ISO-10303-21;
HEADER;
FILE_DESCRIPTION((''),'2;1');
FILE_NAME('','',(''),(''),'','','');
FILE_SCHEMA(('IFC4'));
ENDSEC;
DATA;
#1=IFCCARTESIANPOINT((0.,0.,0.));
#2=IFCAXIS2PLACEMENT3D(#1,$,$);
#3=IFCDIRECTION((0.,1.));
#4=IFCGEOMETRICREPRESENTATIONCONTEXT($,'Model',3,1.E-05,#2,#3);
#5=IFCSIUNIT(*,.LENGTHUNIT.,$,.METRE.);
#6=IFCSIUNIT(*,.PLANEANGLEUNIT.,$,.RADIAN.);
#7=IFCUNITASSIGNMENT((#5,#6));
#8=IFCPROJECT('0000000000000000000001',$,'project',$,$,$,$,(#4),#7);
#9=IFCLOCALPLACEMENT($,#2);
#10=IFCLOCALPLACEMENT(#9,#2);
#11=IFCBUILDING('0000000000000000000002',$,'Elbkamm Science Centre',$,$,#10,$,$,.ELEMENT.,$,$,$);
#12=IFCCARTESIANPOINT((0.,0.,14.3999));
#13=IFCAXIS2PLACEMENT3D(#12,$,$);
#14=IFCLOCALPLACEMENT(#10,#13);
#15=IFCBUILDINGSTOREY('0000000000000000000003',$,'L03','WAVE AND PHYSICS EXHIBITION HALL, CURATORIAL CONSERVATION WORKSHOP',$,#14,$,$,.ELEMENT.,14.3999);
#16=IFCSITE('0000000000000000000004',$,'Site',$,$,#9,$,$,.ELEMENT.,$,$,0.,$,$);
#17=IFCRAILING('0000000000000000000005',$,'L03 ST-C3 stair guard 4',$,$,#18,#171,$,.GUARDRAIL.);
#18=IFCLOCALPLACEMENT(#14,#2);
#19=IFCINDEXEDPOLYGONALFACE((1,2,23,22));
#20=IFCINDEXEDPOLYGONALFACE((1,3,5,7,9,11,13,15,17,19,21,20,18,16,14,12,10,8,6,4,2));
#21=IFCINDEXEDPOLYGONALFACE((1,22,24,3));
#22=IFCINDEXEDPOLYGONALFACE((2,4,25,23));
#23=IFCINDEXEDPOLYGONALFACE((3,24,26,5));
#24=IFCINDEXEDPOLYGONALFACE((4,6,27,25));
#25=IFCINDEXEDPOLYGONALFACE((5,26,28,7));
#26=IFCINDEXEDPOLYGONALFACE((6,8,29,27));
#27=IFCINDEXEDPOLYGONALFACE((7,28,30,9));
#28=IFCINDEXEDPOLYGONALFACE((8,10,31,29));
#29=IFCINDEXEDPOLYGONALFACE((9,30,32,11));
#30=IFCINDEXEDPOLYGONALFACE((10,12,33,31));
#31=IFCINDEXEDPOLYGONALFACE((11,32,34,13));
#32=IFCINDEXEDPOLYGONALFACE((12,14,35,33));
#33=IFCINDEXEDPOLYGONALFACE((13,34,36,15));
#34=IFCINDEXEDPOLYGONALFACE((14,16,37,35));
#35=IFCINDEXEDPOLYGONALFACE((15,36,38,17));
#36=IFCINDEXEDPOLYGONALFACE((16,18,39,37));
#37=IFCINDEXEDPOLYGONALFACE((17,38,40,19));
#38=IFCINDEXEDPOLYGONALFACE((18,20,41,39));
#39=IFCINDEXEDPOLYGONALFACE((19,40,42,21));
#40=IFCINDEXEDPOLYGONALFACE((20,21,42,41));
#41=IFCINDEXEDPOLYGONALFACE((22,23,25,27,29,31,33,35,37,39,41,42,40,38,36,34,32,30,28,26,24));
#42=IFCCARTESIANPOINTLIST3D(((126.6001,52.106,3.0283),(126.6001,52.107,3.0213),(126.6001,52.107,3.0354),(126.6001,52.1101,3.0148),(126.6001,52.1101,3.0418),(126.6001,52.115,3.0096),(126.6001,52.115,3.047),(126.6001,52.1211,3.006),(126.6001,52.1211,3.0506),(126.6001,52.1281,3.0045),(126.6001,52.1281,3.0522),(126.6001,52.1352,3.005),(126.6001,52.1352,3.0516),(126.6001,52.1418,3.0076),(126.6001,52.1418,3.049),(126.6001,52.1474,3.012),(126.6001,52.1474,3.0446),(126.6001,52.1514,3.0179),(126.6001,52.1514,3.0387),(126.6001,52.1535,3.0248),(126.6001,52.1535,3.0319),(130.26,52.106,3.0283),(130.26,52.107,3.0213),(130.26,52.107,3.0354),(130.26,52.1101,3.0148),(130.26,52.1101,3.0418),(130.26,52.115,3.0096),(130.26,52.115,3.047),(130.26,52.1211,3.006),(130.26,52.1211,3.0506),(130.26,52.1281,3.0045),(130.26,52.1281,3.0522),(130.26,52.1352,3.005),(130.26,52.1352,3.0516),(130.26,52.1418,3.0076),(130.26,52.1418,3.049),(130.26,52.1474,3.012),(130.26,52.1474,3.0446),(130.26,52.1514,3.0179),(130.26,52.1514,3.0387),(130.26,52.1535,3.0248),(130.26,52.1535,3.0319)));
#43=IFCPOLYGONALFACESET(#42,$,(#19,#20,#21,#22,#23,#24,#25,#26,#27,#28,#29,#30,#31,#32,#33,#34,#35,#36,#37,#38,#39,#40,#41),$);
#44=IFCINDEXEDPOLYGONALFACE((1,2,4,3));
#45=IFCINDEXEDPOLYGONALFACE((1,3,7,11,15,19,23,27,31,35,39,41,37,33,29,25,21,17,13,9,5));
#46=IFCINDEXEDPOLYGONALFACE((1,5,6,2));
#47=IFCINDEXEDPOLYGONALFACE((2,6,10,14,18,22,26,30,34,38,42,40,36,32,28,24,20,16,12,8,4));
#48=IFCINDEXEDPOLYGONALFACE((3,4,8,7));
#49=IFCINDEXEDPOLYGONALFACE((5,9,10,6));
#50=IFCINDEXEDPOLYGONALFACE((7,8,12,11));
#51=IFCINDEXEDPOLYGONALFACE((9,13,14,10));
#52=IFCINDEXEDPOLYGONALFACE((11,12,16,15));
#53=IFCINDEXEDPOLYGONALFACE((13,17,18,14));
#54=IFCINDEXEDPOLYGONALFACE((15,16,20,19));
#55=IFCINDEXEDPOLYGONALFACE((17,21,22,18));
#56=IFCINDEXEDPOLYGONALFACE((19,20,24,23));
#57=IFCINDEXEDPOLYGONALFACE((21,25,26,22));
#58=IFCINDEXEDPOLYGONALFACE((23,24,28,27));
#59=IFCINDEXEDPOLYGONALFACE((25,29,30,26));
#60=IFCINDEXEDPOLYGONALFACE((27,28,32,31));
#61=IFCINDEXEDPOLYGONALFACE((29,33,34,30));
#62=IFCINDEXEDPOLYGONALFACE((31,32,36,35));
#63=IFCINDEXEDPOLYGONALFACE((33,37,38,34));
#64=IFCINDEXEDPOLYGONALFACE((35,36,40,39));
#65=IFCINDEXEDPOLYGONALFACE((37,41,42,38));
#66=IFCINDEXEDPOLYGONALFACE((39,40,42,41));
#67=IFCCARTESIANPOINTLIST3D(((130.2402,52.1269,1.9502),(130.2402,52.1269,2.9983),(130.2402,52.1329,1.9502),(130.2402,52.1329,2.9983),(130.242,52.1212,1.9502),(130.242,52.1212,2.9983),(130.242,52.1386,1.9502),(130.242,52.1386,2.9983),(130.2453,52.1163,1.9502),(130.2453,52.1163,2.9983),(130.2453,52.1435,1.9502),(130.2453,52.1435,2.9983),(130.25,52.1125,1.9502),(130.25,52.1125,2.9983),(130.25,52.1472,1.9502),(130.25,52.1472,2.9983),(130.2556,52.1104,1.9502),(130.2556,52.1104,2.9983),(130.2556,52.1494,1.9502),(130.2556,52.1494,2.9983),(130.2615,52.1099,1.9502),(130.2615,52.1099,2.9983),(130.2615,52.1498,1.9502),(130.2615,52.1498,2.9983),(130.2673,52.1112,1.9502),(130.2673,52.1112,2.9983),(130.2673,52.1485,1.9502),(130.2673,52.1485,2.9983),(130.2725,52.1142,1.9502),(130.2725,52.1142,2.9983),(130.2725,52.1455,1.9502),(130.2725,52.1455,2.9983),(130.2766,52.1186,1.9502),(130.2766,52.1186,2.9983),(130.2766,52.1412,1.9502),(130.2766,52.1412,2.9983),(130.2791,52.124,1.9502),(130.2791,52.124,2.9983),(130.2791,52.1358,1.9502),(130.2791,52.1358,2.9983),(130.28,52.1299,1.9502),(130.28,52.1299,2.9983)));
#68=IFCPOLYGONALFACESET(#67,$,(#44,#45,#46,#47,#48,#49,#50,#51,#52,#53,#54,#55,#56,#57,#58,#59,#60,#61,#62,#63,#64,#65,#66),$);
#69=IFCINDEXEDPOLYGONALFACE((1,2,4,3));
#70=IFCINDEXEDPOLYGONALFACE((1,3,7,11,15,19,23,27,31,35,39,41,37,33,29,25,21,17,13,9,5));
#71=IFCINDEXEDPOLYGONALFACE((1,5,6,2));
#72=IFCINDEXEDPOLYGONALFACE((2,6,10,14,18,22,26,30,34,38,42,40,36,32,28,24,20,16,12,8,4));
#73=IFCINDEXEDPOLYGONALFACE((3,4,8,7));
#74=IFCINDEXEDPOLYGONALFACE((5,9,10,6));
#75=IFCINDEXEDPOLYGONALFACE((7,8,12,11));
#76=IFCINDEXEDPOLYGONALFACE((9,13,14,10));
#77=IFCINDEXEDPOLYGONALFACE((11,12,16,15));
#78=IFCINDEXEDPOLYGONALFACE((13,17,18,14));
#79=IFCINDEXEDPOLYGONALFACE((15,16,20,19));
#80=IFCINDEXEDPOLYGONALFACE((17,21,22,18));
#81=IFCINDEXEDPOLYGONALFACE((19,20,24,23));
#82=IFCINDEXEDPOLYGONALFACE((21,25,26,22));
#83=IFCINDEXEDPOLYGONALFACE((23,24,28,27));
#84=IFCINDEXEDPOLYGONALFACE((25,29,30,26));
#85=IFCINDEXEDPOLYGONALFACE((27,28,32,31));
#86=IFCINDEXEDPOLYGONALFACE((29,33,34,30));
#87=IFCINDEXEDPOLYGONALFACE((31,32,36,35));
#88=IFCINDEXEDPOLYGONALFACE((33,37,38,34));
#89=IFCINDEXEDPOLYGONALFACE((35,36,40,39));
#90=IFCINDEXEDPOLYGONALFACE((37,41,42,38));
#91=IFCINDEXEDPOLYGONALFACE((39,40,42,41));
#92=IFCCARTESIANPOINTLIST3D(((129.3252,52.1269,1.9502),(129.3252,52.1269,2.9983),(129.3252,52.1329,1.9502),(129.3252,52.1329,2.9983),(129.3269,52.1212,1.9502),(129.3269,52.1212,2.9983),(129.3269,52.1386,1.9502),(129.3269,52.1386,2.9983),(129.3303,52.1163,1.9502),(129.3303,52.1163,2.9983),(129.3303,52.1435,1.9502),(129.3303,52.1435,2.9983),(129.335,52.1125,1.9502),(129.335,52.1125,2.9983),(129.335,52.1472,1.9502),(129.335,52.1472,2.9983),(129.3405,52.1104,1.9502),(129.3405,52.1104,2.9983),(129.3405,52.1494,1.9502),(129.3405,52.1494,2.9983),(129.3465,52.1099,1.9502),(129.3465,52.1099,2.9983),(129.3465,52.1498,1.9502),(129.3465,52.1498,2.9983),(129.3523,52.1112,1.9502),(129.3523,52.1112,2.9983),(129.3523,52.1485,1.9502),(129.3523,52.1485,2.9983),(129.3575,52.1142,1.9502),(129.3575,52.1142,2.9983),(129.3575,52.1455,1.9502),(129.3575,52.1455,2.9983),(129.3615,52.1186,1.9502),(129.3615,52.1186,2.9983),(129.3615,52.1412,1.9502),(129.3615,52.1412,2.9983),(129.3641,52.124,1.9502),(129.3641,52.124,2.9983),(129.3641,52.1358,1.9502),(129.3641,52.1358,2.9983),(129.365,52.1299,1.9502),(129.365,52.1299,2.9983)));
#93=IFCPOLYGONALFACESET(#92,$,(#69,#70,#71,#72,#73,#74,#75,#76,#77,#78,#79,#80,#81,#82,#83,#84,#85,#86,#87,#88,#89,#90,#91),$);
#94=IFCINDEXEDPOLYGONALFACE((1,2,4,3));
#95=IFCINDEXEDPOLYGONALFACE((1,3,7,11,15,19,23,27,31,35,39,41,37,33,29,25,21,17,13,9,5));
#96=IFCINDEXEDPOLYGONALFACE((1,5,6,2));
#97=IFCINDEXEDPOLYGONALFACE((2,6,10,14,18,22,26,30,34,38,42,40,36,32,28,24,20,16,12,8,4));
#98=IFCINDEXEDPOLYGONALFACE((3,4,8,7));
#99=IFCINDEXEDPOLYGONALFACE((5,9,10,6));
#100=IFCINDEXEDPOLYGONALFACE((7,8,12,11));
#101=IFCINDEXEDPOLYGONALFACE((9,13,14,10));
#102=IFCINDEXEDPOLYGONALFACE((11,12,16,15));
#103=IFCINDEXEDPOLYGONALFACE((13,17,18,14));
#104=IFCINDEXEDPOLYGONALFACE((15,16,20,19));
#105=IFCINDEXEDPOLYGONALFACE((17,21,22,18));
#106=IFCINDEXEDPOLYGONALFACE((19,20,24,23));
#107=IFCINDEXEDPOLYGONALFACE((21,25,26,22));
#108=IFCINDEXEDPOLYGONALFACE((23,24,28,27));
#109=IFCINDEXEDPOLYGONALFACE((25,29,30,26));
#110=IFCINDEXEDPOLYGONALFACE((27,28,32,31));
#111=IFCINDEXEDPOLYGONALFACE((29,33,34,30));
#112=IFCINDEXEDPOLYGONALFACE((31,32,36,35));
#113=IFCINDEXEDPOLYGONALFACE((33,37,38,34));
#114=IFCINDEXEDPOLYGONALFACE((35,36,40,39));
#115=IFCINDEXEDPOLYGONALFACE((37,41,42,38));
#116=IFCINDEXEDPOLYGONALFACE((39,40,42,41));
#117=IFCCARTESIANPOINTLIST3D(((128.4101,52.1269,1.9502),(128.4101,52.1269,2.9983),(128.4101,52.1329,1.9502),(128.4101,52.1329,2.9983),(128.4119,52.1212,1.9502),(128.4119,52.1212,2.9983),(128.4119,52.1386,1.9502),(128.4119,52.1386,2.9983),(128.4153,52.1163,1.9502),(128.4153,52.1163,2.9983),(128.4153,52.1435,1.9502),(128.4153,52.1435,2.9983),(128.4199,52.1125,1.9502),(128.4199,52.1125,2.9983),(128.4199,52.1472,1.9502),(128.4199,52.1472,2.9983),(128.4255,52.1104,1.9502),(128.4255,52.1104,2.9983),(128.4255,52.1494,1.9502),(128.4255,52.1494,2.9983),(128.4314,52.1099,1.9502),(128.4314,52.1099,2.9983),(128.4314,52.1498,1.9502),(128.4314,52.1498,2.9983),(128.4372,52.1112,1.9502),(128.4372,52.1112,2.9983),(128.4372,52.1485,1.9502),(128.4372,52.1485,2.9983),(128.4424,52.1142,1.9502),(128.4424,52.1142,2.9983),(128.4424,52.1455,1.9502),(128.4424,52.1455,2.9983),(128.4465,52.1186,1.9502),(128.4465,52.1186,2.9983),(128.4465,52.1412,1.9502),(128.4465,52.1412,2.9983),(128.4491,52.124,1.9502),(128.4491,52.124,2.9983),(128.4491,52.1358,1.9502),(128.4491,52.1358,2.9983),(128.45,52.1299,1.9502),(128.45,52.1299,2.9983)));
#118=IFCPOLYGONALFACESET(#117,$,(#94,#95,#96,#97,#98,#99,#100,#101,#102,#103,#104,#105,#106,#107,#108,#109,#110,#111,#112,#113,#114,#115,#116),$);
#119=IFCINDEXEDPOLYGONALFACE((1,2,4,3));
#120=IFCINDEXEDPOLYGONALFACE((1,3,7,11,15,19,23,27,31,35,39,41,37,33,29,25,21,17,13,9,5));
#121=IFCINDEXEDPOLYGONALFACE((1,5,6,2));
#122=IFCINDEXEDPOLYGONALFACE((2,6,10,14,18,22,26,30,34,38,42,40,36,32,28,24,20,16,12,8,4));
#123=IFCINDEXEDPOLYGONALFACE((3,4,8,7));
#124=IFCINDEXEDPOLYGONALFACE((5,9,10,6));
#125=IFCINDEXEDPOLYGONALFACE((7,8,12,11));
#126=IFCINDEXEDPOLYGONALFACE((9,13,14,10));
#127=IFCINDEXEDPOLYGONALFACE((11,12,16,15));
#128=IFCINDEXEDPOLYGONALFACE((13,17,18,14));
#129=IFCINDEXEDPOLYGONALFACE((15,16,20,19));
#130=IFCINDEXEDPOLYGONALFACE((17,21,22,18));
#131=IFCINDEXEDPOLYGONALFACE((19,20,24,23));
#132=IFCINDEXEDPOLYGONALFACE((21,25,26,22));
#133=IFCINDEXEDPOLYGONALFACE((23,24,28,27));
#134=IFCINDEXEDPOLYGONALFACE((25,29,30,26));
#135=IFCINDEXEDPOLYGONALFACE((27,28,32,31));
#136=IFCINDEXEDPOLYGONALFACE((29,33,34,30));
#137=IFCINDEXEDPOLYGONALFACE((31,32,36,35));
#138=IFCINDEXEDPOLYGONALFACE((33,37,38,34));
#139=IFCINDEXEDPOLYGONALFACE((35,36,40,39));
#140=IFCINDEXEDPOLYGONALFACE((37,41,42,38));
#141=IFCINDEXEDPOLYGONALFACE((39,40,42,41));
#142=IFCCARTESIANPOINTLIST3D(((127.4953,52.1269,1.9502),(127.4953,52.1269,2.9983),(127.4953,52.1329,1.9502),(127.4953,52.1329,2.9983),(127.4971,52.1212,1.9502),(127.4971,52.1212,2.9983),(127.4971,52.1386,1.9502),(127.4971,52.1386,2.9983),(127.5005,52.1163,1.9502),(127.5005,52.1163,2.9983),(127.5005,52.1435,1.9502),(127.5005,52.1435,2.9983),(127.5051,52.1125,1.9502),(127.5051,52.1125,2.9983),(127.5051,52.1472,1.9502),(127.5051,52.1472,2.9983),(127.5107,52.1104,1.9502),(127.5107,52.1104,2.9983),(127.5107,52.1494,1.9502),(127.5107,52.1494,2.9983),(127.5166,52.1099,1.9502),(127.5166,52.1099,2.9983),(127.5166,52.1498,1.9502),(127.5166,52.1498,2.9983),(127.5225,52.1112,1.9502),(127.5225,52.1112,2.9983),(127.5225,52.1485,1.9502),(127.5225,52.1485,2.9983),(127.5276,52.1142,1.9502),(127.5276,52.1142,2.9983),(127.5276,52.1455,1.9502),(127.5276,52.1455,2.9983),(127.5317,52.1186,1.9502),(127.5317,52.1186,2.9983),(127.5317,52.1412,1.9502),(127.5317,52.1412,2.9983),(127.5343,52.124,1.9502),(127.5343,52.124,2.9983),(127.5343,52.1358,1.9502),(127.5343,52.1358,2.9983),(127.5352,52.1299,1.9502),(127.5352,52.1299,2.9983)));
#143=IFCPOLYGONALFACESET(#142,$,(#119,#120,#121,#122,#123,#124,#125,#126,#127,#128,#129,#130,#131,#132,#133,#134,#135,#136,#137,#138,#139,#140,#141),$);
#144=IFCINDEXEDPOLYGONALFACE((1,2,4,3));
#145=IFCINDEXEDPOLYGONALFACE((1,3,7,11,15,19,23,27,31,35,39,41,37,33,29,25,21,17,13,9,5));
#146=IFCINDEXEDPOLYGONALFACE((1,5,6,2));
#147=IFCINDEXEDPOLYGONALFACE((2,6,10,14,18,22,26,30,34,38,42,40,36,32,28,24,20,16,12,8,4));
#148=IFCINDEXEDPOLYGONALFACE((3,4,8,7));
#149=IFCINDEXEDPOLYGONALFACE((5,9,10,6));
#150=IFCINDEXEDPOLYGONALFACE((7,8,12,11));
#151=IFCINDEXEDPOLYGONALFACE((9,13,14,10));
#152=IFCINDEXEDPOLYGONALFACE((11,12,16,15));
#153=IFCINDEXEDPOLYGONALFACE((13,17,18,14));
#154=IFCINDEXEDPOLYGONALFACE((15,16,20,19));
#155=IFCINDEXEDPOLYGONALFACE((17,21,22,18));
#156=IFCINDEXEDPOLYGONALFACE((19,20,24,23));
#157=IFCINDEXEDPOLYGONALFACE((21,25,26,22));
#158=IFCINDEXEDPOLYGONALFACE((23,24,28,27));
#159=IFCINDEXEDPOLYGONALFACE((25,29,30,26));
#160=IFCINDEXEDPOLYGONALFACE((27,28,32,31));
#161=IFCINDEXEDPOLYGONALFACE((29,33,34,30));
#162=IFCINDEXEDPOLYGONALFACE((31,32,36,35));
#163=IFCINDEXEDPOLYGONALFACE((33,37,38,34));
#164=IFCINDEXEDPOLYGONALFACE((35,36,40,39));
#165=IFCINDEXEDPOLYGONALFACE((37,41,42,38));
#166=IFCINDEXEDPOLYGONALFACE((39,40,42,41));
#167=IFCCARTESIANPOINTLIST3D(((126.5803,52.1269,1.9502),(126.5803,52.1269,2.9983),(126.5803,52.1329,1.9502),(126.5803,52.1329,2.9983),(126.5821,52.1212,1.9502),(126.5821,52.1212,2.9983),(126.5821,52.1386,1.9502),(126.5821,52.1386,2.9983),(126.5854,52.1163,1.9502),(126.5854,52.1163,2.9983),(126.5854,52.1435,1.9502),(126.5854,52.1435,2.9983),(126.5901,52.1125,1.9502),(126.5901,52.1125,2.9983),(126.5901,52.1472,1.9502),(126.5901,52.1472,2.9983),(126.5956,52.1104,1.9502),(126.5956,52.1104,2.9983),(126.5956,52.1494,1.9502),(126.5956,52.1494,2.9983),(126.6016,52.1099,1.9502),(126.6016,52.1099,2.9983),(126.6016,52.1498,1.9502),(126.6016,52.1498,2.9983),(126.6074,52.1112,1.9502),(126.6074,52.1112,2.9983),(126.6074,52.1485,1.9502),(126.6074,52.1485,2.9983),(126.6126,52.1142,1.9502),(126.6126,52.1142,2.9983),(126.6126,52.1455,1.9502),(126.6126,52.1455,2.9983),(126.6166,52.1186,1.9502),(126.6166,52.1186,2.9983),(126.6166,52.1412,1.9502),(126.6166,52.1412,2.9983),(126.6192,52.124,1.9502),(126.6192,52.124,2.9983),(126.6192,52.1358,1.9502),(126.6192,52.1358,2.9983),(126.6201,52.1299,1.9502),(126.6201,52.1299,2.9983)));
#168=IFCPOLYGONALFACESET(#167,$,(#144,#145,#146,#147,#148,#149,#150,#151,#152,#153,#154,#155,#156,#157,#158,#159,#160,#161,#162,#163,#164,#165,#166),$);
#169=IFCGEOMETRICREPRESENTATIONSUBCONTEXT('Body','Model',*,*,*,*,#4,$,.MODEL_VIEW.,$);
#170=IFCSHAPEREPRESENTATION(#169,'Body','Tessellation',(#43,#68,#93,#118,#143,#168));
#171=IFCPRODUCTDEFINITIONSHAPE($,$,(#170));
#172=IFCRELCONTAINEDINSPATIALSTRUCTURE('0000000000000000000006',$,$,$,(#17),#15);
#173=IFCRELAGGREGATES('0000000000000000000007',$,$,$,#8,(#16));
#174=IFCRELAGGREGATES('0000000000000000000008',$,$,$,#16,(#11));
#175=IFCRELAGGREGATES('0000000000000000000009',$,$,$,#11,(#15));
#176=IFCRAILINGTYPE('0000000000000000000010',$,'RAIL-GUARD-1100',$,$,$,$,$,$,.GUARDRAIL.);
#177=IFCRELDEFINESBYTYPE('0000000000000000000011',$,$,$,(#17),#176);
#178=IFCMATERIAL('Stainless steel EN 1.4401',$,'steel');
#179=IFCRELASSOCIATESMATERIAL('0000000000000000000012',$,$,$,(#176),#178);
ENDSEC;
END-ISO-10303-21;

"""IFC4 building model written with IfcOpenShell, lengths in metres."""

from ifc_helpers import new_model, si_unit, direction, frame, origin, origin_2d, place, context, subcontext, project, spatial, circle, extrude, material, type_object, element, save


model = new_model("IFC4")

# Units and contexts
model_context = context("Model", 3, precision=1e-05, world=origin(), true_north=direction((0.0, 1.0)))
body_context = subcontext(model_context, "Body", "Model", "MODEL_VIEW")
ifc_project = project(units=[si_unit("LENGTHUNIT", "METRE"), si_unit("PLANEANGLEUNIT", "RADIAN")], contexts=[model_context])

# Site, building, storey
site_placement = place(None, origin())
site = spatial("IfcSite", under=ifc_project, at=site_placement, Name="Site", CompositionType="ELEMENT", RefElevation=0.0)
building_placement = place(site_placement, origin())
building = spatial("IfcBuilding", under=site, at=building_placement, Name="Elbkamm Science Centre", CompositionType="ELEMENT")
storey_placement = place(building_placement, frame((0.0, 0.0, 14.3999)))
storey = spatial("IfcBuildingStorey", under=building, at=storey_placement, Name="L03", Description="WAVE AND PHYSICS EXHIBITION HALL, CURATORIAL CONSERVATION WORKSHOP", CompositionType="ELEMENT", Elevation=14.3999)

# Railing
ifc_material_1 = material(Name="Stainless steel EN 1.4401", Category="steel")
railing_type_1 = type_object("IfcRailingType", Name="RAIL-GUARD-1100", PredefinedType="GUARDRAIL", material=ifc_material_1)
railing_1_placement = place(storey_placement, frame((130.26, 52.1299, 1.9502)))
element("IfcRailing", 1, at=railing_1_placement, inside=storey, type_object=railing_type_1, Name="L03 ST-C3 stair guard 4", PredefinedType="GUARDRAIL", context=body_context, shape_type="SweptSolid", body=[
    extrude(circle(Radius=0.0239, at=origin_2d()), frame((0.0, 0.0, 1.0781), z_axis=(-1.0, 0.0, 0.0), x_axis=(0.0, -1.0, 0.0)), (0.0, 0.0, 1.0), 3.6599),
    extrude(circle(Radius=0.02, at=origin_2d()), origin(), (0.0, 0.0, 1.0), 1.0481),
    extrude(circle(Radius=0.02, at=origin_2d()), frame((-0.915, 0.0, 0.0)), (0.0, 0.0, 1.0), 1.0481),
    extrude(circle(Radius=0.02, at=origin_2d()), frame((-1.8301, 0.0, 0.0)), (0.0, 0.0, 1.0), 1.0481),
    extrude(circle(Radius=0.02, at=origin_2d()), frame((-2.7449, 0.0, 0.0)), (0.0, 0.0, 1.0), 1.0481),
    extrude(circle(Radius=0.02, at=origin_2d()), frame((-3.6599, 0.0, 0.0)), (0.0, 0.0, 1.0), 1.0481),
])

save(model, "model.ifc")
